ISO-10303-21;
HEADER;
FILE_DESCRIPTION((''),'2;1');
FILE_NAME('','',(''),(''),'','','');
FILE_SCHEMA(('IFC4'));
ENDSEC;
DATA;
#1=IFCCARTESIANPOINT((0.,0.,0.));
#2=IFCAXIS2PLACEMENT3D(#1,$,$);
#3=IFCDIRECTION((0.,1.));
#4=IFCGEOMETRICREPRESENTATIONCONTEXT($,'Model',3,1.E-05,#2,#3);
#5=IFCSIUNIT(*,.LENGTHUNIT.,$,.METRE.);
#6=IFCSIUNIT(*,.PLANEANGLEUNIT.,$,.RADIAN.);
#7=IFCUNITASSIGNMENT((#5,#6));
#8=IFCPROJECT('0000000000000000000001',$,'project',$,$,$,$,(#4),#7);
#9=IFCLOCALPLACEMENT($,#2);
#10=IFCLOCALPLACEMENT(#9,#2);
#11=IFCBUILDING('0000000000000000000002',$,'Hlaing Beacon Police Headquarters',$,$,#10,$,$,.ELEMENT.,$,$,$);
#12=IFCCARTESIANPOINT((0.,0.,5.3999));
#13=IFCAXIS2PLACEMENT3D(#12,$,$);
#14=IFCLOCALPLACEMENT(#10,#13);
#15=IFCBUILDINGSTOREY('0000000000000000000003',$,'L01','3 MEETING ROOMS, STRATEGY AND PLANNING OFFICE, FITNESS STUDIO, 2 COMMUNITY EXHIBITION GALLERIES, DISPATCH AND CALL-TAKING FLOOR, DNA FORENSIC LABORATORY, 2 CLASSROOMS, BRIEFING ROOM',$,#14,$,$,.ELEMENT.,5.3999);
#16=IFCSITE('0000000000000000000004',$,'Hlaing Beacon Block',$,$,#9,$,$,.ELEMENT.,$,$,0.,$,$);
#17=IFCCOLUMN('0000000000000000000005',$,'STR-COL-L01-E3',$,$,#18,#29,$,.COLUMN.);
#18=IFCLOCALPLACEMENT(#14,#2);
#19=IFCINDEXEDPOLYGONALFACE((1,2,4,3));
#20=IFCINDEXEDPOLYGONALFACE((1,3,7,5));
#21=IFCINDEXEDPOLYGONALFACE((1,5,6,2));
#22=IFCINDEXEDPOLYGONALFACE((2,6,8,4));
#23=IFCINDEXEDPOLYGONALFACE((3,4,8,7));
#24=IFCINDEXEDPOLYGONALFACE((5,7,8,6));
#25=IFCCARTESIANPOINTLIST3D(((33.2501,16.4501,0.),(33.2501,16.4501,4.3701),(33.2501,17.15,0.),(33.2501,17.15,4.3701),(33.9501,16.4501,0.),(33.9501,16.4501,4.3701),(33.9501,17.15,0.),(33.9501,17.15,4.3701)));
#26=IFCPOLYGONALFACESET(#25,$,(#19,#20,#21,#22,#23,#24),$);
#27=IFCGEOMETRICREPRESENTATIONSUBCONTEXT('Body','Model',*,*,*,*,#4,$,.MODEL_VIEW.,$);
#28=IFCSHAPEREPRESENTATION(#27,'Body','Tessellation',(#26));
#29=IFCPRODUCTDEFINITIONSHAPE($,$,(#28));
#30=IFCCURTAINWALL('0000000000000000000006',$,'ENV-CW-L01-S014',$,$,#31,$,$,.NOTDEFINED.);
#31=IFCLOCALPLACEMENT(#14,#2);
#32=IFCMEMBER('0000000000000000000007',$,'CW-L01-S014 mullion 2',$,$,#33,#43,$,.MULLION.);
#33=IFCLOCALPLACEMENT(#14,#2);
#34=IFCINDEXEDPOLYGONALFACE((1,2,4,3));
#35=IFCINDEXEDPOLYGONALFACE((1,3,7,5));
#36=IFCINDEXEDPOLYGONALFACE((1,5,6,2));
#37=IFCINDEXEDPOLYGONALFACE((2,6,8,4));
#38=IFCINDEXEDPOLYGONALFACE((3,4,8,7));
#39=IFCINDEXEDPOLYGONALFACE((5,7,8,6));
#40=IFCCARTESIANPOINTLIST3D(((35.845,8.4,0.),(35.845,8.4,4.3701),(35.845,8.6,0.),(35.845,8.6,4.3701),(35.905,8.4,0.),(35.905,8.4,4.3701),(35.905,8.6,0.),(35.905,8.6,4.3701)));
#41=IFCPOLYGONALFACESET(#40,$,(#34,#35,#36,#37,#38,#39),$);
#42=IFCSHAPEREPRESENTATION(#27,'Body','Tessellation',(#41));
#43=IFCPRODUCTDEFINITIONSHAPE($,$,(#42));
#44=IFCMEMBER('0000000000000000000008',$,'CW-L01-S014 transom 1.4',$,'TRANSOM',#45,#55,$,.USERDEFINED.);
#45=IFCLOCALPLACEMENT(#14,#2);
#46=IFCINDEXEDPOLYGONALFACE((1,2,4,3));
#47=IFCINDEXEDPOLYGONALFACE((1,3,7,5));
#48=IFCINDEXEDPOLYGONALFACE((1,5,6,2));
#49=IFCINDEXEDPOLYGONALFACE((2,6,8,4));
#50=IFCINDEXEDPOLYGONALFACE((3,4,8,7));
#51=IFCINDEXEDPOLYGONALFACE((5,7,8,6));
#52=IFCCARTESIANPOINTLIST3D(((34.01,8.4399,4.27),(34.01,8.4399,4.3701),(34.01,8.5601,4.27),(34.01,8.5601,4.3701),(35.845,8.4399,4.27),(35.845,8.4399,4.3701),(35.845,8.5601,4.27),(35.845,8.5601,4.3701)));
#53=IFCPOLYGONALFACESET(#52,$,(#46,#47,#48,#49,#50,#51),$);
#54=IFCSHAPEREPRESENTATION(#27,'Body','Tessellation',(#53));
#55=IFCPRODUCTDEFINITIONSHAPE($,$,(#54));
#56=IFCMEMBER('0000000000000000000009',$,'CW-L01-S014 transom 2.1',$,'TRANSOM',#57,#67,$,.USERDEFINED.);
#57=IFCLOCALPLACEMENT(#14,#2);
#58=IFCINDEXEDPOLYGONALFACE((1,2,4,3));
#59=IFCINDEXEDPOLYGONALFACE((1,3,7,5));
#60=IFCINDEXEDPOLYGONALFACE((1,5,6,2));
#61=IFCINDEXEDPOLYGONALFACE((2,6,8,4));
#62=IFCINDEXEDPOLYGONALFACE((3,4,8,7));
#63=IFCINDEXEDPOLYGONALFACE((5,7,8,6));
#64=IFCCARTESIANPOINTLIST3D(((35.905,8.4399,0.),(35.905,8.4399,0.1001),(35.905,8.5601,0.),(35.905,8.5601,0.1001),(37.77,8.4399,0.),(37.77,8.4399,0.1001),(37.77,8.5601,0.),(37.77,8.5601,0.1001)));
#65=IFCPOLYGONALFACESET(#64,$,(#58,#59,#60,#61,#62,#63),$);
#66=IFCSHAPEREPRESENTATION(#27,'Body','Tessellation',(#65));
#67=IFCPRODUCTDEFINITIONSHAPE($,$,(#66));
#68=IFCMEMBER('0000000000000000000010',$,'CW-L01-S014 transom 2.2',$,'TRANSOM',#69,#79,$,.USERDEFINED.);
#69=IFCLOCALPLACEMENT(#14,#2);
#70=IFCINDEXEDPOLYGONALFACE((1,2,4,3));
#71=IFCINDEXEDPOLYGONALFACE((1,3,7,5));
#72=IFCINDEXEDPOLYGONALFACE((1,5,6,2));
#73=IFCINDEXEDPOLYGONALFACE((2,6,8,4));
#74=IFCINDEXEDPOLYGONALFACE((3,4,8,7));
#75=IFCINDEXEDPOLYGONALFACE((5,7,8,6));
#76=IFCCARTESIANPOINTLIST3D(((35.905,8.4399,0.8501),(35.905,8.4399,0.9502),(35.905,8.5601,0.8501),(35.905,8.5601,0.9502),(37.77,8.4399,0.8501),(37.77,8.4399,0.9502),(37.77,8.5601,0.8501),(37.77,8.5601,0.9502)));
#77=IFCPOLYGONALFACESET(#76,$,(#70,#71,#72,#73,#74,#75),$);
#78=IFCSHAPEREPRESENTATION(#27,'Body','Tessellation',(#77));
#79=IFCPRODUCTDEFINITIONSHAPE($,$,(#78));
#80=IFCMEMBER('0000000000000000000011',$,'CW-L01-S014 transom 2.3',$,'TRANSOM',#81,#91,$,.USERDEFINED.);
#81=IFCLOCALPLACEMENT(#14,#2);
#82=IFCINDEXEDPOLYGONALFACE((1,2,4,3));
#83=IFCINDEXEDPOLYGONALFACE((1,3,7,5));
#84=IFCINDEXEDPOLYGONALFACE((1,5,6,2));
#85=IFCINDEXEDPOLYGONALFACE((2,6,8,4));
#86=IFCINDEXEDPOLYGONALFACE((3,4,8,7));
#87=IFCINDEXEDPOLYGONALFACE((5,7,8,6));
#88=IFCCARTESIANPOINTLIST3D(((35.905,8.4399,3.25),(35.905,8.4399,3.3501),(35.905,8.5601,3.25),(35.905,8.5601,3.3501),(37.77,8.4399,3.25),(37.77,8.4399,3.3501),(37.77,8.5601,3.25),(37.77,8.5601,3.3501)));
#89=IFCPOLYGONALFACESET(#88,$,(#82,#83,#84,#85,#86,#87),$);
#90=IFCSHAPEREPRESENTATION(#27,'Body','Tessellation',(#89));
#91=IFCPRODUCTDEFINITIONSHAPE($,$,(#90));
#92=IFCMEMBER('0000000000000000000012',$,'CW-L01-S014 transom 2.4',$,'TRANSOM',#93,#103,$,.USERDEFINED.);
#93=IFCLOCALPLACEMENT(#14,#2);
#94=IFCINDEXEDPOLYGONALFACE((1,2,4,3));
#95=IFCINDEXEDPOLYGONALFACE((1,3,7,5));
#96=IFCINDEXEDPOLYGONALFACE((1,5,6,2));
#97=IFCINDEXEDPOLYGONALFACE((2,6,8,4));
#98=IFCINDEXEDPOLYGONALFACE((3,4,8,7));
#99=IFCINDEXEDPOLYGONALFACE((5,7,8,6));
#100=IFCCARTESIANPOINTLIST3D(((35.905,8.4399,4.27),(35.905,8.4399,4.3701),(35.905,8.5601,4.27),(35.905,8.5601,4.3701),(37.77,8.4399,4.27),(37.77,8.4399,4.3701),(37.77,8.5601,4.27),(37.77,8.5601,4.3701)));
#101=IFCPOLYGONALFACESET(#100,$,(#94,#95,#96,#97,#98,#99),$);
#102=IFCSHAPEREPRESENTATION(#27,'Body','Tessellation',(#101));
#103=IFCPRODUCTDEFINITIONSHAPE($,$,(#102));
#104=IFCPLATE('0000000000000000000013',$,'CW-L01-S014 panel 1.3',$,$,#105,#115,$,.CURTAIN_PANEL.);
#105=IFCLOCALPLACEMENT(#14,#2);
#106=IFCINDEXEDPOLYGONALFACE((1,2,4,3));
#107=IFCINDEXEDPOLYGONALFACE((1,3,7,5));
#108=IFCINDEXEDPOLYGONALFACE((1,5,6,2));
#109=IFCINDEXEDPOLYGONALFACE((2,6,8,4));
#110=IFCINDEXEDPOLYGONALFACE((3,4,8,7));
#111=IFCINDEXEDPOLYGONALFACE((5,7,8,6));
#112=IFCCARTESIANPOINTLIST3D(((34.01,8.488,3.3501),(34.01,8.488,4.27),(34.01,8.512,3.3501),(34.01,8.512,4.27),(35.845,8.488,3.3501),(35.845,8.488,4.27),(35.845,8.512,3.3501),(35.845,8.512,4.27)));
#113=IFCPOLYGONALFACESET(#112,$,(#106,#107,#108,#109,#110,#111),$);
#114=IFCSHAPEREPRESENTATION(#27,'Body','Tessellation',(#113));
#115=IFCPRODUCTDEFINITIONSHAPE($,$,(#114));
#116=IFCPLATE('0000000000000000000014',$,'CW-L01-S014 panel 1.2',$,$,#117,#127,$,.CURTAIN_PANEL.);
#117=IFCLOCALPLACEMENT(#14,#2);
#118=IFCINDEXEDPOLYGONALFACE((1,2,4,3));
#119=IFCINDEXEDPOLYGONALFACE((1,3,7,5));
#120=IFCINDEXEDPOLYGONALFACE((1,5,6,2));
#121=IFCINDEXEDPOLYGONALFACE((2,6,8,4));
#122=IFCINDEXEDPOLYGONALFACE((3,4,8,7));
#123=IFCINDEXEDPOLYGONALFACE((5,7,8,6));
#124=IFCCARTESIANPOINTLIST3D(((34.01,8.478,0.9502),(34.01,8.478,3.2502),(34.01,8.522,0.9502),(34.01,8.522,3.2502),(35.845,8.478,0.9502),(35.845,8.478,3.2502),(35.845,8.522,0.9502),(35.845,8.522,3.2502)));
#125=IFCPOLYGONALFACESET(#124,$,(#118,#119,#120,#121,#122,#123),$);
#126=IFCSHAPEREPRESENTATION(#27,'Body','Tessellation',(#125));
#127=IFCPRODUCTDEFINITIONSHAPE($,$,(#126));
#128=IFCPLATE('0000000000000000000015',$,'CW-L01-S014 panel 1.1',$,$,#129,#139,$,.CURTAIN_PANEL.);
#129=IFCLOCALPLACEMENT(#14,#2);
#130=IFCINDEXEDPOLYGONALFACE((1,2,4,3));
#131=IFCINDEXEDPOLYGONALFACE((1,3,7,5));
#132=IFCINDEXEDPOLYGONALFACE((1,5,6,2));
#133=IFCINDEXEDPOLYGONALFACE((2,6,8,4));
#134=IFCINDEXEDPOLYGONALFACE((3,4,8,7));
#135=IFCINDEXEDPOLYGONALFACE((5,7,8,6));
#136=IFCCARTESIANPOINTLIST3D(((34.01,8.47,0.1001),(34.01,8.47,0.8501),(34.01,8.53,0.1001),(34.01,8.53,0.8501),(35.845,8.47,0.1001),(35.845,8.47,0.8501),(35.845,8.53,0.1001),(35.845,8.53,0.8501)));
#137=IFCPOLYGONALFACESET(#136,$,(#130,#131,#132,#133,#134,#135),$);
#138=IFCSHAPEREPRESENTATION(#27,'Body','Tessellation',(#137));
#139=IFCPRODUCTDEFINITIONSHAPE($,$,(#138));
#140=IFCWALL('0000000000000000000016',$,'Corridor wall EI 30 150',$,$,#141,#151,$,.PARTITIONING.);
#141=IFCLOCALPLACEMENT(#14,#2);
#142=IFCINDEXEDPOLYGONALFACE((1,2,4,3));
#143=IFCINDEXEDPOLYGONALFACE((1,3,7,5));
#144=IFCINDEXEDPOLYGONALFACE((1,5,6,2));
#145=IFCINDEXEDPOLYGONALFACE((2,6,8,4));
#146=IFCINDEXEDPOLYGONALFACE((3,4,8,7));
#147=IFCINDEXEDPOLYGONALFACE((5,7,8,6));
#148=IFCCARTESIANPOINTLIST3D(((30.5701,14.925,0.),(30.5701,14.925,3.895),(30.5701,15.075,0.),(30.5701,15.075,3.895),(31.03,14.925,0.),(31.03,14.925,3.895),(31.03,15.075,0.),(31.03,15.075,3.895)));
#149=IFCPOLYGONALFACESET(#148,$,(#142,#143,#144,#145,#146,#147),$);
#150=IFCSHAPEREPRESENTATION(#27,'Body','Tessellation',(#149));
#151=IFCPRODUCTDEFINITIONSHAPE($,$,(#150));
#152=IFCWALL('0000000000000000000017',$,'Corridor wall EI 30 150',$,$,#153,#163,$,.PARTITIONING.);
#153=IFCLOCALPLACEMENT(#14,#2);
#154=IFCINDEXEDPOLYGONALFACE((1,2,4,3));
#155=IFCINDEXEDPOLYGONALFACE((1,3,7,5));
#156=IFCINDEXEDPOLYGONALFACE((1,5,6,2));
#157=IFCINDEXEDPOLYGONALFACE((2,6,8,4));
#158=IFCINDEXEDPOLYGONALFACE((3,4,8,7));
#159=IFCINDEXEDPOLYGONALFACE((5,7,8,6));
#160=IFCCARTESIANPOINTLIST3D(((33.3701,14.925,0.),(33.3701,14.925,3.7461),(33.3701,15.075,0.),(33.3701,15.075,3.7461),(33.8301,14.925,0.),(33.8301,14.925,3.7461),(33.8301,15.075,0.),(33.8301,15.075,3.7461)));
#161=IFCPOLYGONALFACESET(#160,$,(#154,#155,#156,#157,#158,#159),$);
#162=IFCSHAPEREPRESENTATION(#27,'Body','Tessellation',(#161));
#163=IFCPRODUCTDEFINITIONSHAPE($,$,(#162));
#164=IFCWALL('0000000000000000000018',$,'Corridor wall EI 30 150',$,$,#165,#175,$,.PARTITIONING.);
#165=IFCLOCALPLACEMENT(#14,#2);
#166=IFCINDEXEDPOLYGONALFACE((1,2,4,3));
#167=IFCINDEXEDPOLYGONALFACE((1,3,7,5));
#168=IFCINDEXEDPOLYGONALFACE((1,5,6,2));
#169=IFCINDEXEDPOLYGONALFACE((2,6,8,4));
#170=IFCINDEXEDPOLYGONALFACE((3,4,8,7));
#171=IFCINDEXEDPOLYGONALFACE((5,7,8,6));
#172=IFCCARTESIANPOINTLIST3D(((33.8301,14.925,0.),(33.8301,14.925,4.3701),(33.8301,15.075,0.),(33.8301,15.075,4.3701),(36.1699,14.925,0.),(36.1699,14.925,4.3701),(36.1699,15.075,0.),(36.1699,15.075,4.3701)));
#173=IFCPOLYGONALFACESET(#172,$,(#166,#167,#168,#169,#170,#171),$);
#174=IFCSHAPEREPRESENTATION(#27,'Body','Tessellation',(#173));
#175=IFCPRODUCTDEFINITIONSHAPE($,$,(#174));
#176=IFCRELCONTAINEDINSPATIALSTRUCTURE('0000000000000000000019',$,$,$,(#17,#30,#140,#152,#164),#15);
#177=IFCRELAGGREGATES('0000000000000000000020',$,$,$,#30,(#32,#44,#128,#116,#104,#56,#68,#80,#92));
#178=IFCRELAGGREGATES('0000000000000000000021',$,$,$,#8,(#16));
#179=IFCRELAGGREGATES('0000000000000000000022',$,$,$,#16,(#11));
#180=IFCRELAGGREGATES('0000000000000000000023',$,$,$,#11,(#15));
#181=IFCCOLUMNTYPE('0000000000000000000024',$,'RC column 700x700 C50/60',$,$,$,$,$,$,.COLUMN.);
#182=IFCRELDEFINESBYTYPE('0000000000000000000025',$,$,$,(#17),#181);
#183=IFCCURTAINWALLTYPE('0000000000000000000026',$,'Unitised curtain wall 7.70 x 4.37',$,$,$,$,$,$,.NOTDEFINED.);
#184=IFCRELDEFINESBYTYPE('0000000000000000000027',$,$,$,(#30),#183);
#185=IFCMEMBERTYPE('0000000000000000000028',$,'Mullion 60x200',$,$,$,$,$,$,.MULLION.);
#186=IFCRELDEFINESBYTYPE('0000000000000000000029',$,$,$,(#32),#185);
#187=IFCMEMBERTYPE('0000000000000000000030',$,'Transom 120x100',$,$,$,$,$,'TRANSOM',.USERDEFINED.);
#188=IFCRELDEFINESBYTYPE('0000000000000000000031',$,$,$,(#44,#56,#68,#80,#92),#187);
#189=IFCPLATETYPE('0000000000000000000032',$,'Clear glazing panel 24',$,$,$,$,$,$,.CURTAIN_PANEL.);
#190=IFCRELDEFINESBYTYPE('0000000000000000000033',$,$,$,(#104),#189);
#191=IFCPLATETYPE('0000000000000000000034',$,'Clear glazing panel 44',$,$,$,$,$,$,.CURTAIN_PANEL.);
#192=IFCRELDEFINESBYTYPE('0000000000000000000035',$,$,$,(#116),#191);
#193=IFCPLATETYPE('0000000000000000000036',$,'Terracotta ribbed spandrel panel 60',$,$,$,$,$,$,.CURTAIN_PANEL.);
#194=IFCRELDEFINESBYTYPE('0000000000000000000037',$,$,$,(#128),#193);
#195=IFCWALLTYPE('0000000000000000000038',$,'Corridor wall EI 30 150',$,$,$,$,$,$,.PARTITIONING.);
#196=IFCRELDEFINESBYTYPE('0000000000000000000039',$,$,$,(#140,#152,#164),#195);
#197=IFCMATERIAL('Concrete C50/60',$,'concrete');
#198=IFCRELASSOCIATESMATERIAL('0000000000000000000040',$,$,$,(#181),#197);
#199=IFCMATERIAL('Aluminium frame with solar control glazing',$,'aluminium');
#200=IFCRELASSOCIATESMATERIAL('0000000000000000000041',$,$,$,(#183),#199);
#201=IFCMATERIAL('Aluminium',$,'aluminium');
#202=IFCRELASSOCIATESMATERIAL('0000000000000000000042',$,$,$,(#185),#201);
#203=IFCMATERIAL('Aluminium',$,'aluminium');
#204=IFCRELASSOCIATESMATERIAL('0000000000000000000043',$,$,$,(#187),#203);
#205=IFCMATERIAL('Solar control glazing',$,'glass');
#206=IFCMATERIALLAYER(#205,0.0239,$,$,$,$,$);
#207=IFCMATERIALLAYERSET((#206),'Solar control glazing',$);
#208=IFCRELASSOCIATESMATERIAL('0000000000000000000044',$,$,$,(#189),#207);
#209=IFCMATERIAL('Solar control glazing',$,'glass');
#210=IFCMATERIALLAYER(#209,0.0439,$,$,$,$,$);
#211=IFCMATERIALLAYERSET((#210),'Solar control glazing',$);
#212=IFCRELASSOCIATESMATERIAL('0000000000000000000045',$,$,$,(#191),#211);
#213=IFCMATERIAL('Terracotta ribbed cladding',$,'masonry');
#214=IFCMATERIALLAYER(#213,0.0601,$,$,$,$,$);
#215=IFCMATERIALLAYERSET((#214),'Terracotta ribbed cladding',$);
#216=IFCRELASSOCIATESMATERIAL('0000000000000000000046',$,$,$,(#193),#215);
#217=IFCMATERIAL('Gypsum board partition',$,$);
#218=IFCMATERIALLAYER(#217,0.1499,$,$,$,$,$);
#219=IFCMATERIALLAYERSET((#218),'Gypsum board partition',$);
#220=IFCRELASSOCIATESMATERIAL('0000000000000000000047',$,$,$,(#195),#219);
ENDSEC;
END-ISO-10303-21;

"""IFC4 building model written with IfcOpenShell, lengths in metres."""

from ifc_helpers import new_model, si_unit, direction, frame, frame_2d, origin, origin_2d, place, context, subcontext, project, spatial, rectangle, extrude, material, layer, layer_set, material_profile, profile_set, type_object, element, aggregate, save


model = new_model("IFC4")

# Units and contexts
model_context = context("Model", 3, precision=1e-05, world=origin(), true_north=direction((0.0, 1.0)))
body_context = subcontext(model_context, "Body", "Model", "MODEL_VIEW")
ifc_project = project(units=[si_unit("LENGTHUNIT", "METRE"), si_unit("PLANEANGLEUNIT", "RADIAN")], contexts=[model_context])

# Site, building, storey
site_placement = place(None, origin())
site = spatial("IfcSite", under=ifc_project, at=site_placement, Name="Hlaing Beacon Block", CompositionType="ELEMENT", RefElevation=0.0)
building_placement = place(site_placement, origin())
building = spatial("IfcBuilding", under=site, at=building_placement, Name="Hlaing Beacon Police Headquarters", CompositionType="ELEMENT")
storey_placement = place(building_placement, frame((0.0, 0.0, 5.3999)))
storey = spatial("IfcBuildingStorey", under=building, at=storey_placement, Name="L01", Description="3 MEETING ROOMS, STRATEGY AND PLANNING OFFICE, FITNESS STUDIO, 2 COMMUNITY EXHIBITION GALLERIES, DISPATCH AND CALL-TAKING FLOOR, DNA FORENSIC LABORATORY, 2 CLASSROOMS, BRIEFING ROOM", CompositionType="ELEMENT", Elevation=5.3999)

# Column
ifc_material_1 = material(Name="Concrete C50/60", Category="concrete")
ifc_material_profile_1 = material_profile(ifc_material_1, rectangle(XDim=0.7, YDim=0.7, at=origin_2d()), Name="700x700")
ifc_profile_set_1 = profile_set([ifc_material_profile_1], Name="Concrete C50/60")
column_type = type_object("IfcColumnType", Name="RC column 700x700 C50/60", PredefinedType="COLUMN", material=ifc_profile_set_1)
column_placement = place(storey_placement, frame((33.6001, 16.8, 0.0), z_axis=(0.0, 0.0, 1.0), x_axis=(1.0, 0.0, 0.0)))
element("IfcColumn", 1, at=column_placement, inside=storey, type_object=column_type, Name="STR-COL-L01-E3", PredefinedType="COLUMN", context=body_context, shape_type="SweptSolid", body=[
    extrude(rectangle(XDim=0.7, YDim=0.7, at=origin_2d()), origin(), (0.0, 0.0, 1.0), 4.3701),
])

# Curtain wall, members, plates
ifc_material_2 = material(Name="Aluminium frame with solar control glazing", Category="aluminium")
curtain_wall_type = type_object("IfcCurtainWallType", Name="Unitised curtain wall 7.70 x 4.37", PredefinedType="NOTDEFINED", material=ifc_material_2)
curtain_wall_placement = place(storey_placement, origin())
curtain_wall = element("IfcCurtainWall", 2, at=curtain_wall_placement, inside=storey, type_object=curtain_wall_type, Name="ENV-CW-L01-S014", PredefinedType="NOTDEFINED")
ifc_material_3 = material(Name="Aluminium", Category="aluminium")
ifc_material_profile_2 = material_profile(ifc_material_3, rectangle(XDim=0.2, YDim=0.0601, at=origin_2d()), Name="Mullion 60x200")
ifc_profile_set_2 = profile_set([ifc_material_profile_2], Name="Aluminium")
member_type_1 = type_object("IfcMemberType", Name="Mullion 60x200", PredefinedType="MULLION", material=ifc_profile_set_2)
member_1_placement = place(storey_placement, frame((35.875, 8.5, 0.0), z_axis=(0.0, 0.0, 1.0), x_axis=(0.0, 1.0, 0.0)))
member_1 = element("IfcMember", 3, at=member_1_placement, type_object=member_type_1, Name="CW-L01-S014 mullion 2", PredefinedType="MULLION", context=body_context, shape_type="SweptSolid", body=[
    extrude(rectangle(XDim=0.2, YDim=0.0601, at=origin_2d()), origin(), (0.0, 0.0, 1.0), 4.3701),
])
ifc_material_4 = material(Name="Aluminium", Category="aluminium")
ifc_material_profile_3 = material_profile(ifc_material_4, rectangle(XDim=0.1201, YDim=0.1001, at=origin_2d()), Name="Transom 120x100")
ifc_profile_set_3 = profile_set([ifc_material_profile_3], Name="Aluminium")
member_type_2 = type_object("IfcMemberType", Name="Transom 120x100", ElementType="TRANSOM", PredefinedType="USERDEFINED", material=ifc_profile_set_3)
member_2_placement = place(storey_placement, frame((34.01, 8.5, 4.3201), z_axis=(1.0, 0.0, 0.0), x_axis=(0.0, 1.0, 0.0)))
member_2 = element("IfcMember", 4, at=member_2_placement, type_object=member_type_2, Name="CW-L01-S014 transom 1.4", ObjectType="TRANSOM", PredefinedType="USERDEFINED", context=body_context, shape_type="SweptSolid", body=[
    extrude(rectangle(XDim=0.1201, YDim=0.1001, at=origin_2d()), origin(), (0.0, 0.0, 1.0), 1.835),
])
member_3_placement = place(storey_placement, frame((35.905, 8.5, 0.05), z_axis=(1.0, 0.0, 0.0), x_axis=(0.0, 1.0, 0.0)))
member_3 = element("IfcMember", 5, at=member_3_placement, type_object=member_type_2, Name="CW-L01-S014 transom 2.1", ObjectType="TRANSOM", PredefinedType="USERDEFINED", context=body_context, shape_type="SweptSolid", body=[
    extrude(rectangle(XDim=0.1201, YDim=0.1001, at=origin_2d()), origin(), (0.0, 0.0, 1.0), 1.865),
])
member_4_placement = place(storey_placement, frame((35.905, 8.5, 0.9001), z_axis=(1.0, 0.0, 0.0), x_axis=(0.0, 1.0, 0.0)))
member_4 = element("IfcMember", 6, at=member_4_placement, type_object=member_type_2, Name="CW-L01-S014 transom 2.2", ObjectType="TRANSOM", PredefinedType="USERDEFINED", context=body_context, shape_type="SweptSolid", body=[
    extrude(rectangle(XDim=0.1201, YDim=0.1001, at=origin_2d()), origin(), (0.0, 0.0, 1.0), 1.865),
])
member_5_placement = place(storey_placement, frame((35.905, 8.5, 3.3), z_axis=(1.0, 0.0, 0.0), x_axis=(0.0, 1.0, 0.0)))
member_5 = element("IfcMember", 7, at=member_5_placement, type_object=member_type_2, Name="CW-L01-S014 transom 2.3", ObjectType="TRANSOM", PredefinedType="USERDEFINED", context=body_context, shape_type="SweptSolid", body=[
    extrude(rectangle(XDim=0.1201, YDim=0.1001, at=origin_2d()), origin(), (0.0, 0.0, 1.0), 1.865),
])
member_6_placement = place(storey_placement, frame((35.905, 8.5, 4.3201), z_axis=(1.0, 0.0, 0.0), x_axis=(0.0, 1.0, 0.0)))
member_6 = element("IfcMember", 8, at=member_6_placement, type_object=member_type_2, Name="CW-L01-S014 transom 2.4", ObjectType="TRANSOM", PredefinedType="USERDEFINED", context=body_context, shape_type="SweptSolid", body=[
    extrude(rectangle(XDim=0.1201, YDim=0.1001, at=origin_2d()), origin(), (0.0, 0.0, 1.0), 1.865),
])
ifc_material_5 = material(Name="Solar control glazing", Category="glass")
ifc_layer_1 = layer(ifc_material_5, 0.0239)
ifc_layer_set_1 = layer_set([ifc_layer_1], Name="Solar control glazing")
plate_type_1 = type_object("IfcPlateType", Name="Clear glazing panel 24", PredefinedType="CURTAIN_PANEL", material=ifc_layer_set_1)
plate_1_placement = place(storey_placement, frame((34.9275, 8.5, 3.3501), z_axis=(0.0, 0.0, 1.0), x_axis=(1.0, 0.0, 0.0)))
plate_1 = element("IfcPlate", 9, at=plate_1_placement, type_object=plate_type_1, Name="CW-L01-S014 panel 1.3", PredefinedType="CURTAIN_PANEL", context=body_context, shape_type="SweptSolid", body=[
    extrude(rectangle(XDim=1.835, YDim=0.0239, at=origin_2d()), origin(), (0.0, 0.0, 1.0), 0.9199),
])
ifc_material_6 = material(Name="Solar control glazing", Category="glass")
ifc_layer_2 = layer(ifc_material_6, 0.0439)
ifc_layer_set_2 = layer_set([ifc_layer_2], Name="Solar control glazing")
plate_type_2 = type_object("IfcPlateType", Name="Clear glazing panel 44", PredefinedType="CURTAIN_PANEL", material=ifc_layer_set_2)
plate_2_placement = place(storey_placement, frame((34.9275, 8.5, 0.9502), z_axis=(0.0, 0.0, 1.0), x_axis=(1.0, 0.0, 0.0)))
plate_2 = element("IfcPlate", 10, at=plate_2_placement, type_object=plate_type_2, Name="CW-L01-S014 panel 1.2", PredefinedType="CURTAIN_PANEL", context=body_context, shape_type="SweptSolid", body=[
    extrude(rectangle(XDim=1.835, YDim=0.0439, at=origin_2d()), origin(), (0.0, 0.0, 1.0), 2.3),
])
ifc_material_7 = material(Name="Terracotta ribbed cladding", Category="masonry")
ifc_layer_3 = layer(ifc_material_7, 0.0601)
ifc_layer_set_3 = layer_set([ifc_layer_3], Name="Terracotta ribbed cladding")
plate_type_3 = type_object("IfcPlateType", Name="Terracotta ribbed spandrel panel 60", PredefinedType="CURTAIN_PANEL", material=ifc_layer_set_3)
plate_3_placement = place(storey_placement, frame((34.9275, 8.5, 0.1001), z_axis=(0.0, 0.0, 1.0), x_axis=(1.0, 0.0, 0.0)))
plate_3 = element("IfcPlate", 11, at=plate_3_placement, type_object=plate_type_3, Name="CW-L01-S014 panel 1.1", PredefinedType="CURTAIN_PANEL", context=body_context, shape_type="SweptSolid", body=[
    extrude(rectangle(XDim=1.835, YDim=0.0601, at=origin_2d()), origin(), (0.0, 0.0, 1.0), 0.75),
])
aggregate(curtain_wall, [member_1, member_2, plate_3, plate_2, plate_1, member_3, member_4, member_5, member_6])

# Shared definitions
ifc_material_8 = material(Name="Gypsum board partition")
ifc_layer_4 = layer(ifc_material_8, 0.1499)
ifc_layer_set_4 = layer_set([ifc_layer_4], Name="Gypsum board partition")
wall_type_1 = type_object("IfcWallType", Name="Corridor wall EI 30 150", PredefinedType="PARTITIONING", material=ifc_layer_set_4)

# Wall
wall_1_placement = place(storey_placement, frame((30.5701, 15.0, 0.0), z_axis=(0.0, 0.0, 1.0), x_axis=(1.0, 0.0, 0.0)))
element("IfcWall", 12, at=wall_1_placement, inside=storey, type_object=wall_type_1, Name="Corridor wall EI 30 150", PredefinedType="PARTITIONING", context=body_context, shape_type="SweptSolid", body=[
    extrude(rectangle(XDim=0.46, YDim=0.1499, at=frame_2d((0.23, 0.0))), origin(), (0.0, 0.0, 1.0), 3.895),
])

# Walls
wall_2_placement = place(storey_placement, frame((33.3701, 15.0, 0.0), z_axis=(0.0, 0.0, 1.0), x_axis=(1.0, 0.0, 0.0)))
element("IfcWall", 13, at=wall_2_placement, inside=storey, type_object=wall_type_1, Name="Corridor wall EI 30 150", PredefinedType="PARTITIONING", context=body_context, shape_type="SweptSolid", body=[
    extrude(rectangle(XDim=0.46, YDim=0.1499, at=frame_2d((0.23, 0.0))), origin(), (0.0, 0.0, 1.0), 3.7461),
])
wall_3_placement = place(storey_placement, frame((33.8301, 15.0, 0.0), z_axis=(0.0, 0.0, 1.0), x_axis=(1.0, 0.0, 0.0)))
element("IfcWall", 14, at=wall_3_placement, inside=storey, type_object=wall_type_1, Name="Corridor wall EI 30 150", PredefinedType="PARTITIONING", context=body_context, shape_type="SweptSolid", body=[
    extrude(rectangle(XDim=2.3398, YDim=0.1499, at=frame_2d((1.1699, 0.0))), origin(), (0.0, 0.0, 1.0), 4.3701),
])

save(model, "model.ifc")
